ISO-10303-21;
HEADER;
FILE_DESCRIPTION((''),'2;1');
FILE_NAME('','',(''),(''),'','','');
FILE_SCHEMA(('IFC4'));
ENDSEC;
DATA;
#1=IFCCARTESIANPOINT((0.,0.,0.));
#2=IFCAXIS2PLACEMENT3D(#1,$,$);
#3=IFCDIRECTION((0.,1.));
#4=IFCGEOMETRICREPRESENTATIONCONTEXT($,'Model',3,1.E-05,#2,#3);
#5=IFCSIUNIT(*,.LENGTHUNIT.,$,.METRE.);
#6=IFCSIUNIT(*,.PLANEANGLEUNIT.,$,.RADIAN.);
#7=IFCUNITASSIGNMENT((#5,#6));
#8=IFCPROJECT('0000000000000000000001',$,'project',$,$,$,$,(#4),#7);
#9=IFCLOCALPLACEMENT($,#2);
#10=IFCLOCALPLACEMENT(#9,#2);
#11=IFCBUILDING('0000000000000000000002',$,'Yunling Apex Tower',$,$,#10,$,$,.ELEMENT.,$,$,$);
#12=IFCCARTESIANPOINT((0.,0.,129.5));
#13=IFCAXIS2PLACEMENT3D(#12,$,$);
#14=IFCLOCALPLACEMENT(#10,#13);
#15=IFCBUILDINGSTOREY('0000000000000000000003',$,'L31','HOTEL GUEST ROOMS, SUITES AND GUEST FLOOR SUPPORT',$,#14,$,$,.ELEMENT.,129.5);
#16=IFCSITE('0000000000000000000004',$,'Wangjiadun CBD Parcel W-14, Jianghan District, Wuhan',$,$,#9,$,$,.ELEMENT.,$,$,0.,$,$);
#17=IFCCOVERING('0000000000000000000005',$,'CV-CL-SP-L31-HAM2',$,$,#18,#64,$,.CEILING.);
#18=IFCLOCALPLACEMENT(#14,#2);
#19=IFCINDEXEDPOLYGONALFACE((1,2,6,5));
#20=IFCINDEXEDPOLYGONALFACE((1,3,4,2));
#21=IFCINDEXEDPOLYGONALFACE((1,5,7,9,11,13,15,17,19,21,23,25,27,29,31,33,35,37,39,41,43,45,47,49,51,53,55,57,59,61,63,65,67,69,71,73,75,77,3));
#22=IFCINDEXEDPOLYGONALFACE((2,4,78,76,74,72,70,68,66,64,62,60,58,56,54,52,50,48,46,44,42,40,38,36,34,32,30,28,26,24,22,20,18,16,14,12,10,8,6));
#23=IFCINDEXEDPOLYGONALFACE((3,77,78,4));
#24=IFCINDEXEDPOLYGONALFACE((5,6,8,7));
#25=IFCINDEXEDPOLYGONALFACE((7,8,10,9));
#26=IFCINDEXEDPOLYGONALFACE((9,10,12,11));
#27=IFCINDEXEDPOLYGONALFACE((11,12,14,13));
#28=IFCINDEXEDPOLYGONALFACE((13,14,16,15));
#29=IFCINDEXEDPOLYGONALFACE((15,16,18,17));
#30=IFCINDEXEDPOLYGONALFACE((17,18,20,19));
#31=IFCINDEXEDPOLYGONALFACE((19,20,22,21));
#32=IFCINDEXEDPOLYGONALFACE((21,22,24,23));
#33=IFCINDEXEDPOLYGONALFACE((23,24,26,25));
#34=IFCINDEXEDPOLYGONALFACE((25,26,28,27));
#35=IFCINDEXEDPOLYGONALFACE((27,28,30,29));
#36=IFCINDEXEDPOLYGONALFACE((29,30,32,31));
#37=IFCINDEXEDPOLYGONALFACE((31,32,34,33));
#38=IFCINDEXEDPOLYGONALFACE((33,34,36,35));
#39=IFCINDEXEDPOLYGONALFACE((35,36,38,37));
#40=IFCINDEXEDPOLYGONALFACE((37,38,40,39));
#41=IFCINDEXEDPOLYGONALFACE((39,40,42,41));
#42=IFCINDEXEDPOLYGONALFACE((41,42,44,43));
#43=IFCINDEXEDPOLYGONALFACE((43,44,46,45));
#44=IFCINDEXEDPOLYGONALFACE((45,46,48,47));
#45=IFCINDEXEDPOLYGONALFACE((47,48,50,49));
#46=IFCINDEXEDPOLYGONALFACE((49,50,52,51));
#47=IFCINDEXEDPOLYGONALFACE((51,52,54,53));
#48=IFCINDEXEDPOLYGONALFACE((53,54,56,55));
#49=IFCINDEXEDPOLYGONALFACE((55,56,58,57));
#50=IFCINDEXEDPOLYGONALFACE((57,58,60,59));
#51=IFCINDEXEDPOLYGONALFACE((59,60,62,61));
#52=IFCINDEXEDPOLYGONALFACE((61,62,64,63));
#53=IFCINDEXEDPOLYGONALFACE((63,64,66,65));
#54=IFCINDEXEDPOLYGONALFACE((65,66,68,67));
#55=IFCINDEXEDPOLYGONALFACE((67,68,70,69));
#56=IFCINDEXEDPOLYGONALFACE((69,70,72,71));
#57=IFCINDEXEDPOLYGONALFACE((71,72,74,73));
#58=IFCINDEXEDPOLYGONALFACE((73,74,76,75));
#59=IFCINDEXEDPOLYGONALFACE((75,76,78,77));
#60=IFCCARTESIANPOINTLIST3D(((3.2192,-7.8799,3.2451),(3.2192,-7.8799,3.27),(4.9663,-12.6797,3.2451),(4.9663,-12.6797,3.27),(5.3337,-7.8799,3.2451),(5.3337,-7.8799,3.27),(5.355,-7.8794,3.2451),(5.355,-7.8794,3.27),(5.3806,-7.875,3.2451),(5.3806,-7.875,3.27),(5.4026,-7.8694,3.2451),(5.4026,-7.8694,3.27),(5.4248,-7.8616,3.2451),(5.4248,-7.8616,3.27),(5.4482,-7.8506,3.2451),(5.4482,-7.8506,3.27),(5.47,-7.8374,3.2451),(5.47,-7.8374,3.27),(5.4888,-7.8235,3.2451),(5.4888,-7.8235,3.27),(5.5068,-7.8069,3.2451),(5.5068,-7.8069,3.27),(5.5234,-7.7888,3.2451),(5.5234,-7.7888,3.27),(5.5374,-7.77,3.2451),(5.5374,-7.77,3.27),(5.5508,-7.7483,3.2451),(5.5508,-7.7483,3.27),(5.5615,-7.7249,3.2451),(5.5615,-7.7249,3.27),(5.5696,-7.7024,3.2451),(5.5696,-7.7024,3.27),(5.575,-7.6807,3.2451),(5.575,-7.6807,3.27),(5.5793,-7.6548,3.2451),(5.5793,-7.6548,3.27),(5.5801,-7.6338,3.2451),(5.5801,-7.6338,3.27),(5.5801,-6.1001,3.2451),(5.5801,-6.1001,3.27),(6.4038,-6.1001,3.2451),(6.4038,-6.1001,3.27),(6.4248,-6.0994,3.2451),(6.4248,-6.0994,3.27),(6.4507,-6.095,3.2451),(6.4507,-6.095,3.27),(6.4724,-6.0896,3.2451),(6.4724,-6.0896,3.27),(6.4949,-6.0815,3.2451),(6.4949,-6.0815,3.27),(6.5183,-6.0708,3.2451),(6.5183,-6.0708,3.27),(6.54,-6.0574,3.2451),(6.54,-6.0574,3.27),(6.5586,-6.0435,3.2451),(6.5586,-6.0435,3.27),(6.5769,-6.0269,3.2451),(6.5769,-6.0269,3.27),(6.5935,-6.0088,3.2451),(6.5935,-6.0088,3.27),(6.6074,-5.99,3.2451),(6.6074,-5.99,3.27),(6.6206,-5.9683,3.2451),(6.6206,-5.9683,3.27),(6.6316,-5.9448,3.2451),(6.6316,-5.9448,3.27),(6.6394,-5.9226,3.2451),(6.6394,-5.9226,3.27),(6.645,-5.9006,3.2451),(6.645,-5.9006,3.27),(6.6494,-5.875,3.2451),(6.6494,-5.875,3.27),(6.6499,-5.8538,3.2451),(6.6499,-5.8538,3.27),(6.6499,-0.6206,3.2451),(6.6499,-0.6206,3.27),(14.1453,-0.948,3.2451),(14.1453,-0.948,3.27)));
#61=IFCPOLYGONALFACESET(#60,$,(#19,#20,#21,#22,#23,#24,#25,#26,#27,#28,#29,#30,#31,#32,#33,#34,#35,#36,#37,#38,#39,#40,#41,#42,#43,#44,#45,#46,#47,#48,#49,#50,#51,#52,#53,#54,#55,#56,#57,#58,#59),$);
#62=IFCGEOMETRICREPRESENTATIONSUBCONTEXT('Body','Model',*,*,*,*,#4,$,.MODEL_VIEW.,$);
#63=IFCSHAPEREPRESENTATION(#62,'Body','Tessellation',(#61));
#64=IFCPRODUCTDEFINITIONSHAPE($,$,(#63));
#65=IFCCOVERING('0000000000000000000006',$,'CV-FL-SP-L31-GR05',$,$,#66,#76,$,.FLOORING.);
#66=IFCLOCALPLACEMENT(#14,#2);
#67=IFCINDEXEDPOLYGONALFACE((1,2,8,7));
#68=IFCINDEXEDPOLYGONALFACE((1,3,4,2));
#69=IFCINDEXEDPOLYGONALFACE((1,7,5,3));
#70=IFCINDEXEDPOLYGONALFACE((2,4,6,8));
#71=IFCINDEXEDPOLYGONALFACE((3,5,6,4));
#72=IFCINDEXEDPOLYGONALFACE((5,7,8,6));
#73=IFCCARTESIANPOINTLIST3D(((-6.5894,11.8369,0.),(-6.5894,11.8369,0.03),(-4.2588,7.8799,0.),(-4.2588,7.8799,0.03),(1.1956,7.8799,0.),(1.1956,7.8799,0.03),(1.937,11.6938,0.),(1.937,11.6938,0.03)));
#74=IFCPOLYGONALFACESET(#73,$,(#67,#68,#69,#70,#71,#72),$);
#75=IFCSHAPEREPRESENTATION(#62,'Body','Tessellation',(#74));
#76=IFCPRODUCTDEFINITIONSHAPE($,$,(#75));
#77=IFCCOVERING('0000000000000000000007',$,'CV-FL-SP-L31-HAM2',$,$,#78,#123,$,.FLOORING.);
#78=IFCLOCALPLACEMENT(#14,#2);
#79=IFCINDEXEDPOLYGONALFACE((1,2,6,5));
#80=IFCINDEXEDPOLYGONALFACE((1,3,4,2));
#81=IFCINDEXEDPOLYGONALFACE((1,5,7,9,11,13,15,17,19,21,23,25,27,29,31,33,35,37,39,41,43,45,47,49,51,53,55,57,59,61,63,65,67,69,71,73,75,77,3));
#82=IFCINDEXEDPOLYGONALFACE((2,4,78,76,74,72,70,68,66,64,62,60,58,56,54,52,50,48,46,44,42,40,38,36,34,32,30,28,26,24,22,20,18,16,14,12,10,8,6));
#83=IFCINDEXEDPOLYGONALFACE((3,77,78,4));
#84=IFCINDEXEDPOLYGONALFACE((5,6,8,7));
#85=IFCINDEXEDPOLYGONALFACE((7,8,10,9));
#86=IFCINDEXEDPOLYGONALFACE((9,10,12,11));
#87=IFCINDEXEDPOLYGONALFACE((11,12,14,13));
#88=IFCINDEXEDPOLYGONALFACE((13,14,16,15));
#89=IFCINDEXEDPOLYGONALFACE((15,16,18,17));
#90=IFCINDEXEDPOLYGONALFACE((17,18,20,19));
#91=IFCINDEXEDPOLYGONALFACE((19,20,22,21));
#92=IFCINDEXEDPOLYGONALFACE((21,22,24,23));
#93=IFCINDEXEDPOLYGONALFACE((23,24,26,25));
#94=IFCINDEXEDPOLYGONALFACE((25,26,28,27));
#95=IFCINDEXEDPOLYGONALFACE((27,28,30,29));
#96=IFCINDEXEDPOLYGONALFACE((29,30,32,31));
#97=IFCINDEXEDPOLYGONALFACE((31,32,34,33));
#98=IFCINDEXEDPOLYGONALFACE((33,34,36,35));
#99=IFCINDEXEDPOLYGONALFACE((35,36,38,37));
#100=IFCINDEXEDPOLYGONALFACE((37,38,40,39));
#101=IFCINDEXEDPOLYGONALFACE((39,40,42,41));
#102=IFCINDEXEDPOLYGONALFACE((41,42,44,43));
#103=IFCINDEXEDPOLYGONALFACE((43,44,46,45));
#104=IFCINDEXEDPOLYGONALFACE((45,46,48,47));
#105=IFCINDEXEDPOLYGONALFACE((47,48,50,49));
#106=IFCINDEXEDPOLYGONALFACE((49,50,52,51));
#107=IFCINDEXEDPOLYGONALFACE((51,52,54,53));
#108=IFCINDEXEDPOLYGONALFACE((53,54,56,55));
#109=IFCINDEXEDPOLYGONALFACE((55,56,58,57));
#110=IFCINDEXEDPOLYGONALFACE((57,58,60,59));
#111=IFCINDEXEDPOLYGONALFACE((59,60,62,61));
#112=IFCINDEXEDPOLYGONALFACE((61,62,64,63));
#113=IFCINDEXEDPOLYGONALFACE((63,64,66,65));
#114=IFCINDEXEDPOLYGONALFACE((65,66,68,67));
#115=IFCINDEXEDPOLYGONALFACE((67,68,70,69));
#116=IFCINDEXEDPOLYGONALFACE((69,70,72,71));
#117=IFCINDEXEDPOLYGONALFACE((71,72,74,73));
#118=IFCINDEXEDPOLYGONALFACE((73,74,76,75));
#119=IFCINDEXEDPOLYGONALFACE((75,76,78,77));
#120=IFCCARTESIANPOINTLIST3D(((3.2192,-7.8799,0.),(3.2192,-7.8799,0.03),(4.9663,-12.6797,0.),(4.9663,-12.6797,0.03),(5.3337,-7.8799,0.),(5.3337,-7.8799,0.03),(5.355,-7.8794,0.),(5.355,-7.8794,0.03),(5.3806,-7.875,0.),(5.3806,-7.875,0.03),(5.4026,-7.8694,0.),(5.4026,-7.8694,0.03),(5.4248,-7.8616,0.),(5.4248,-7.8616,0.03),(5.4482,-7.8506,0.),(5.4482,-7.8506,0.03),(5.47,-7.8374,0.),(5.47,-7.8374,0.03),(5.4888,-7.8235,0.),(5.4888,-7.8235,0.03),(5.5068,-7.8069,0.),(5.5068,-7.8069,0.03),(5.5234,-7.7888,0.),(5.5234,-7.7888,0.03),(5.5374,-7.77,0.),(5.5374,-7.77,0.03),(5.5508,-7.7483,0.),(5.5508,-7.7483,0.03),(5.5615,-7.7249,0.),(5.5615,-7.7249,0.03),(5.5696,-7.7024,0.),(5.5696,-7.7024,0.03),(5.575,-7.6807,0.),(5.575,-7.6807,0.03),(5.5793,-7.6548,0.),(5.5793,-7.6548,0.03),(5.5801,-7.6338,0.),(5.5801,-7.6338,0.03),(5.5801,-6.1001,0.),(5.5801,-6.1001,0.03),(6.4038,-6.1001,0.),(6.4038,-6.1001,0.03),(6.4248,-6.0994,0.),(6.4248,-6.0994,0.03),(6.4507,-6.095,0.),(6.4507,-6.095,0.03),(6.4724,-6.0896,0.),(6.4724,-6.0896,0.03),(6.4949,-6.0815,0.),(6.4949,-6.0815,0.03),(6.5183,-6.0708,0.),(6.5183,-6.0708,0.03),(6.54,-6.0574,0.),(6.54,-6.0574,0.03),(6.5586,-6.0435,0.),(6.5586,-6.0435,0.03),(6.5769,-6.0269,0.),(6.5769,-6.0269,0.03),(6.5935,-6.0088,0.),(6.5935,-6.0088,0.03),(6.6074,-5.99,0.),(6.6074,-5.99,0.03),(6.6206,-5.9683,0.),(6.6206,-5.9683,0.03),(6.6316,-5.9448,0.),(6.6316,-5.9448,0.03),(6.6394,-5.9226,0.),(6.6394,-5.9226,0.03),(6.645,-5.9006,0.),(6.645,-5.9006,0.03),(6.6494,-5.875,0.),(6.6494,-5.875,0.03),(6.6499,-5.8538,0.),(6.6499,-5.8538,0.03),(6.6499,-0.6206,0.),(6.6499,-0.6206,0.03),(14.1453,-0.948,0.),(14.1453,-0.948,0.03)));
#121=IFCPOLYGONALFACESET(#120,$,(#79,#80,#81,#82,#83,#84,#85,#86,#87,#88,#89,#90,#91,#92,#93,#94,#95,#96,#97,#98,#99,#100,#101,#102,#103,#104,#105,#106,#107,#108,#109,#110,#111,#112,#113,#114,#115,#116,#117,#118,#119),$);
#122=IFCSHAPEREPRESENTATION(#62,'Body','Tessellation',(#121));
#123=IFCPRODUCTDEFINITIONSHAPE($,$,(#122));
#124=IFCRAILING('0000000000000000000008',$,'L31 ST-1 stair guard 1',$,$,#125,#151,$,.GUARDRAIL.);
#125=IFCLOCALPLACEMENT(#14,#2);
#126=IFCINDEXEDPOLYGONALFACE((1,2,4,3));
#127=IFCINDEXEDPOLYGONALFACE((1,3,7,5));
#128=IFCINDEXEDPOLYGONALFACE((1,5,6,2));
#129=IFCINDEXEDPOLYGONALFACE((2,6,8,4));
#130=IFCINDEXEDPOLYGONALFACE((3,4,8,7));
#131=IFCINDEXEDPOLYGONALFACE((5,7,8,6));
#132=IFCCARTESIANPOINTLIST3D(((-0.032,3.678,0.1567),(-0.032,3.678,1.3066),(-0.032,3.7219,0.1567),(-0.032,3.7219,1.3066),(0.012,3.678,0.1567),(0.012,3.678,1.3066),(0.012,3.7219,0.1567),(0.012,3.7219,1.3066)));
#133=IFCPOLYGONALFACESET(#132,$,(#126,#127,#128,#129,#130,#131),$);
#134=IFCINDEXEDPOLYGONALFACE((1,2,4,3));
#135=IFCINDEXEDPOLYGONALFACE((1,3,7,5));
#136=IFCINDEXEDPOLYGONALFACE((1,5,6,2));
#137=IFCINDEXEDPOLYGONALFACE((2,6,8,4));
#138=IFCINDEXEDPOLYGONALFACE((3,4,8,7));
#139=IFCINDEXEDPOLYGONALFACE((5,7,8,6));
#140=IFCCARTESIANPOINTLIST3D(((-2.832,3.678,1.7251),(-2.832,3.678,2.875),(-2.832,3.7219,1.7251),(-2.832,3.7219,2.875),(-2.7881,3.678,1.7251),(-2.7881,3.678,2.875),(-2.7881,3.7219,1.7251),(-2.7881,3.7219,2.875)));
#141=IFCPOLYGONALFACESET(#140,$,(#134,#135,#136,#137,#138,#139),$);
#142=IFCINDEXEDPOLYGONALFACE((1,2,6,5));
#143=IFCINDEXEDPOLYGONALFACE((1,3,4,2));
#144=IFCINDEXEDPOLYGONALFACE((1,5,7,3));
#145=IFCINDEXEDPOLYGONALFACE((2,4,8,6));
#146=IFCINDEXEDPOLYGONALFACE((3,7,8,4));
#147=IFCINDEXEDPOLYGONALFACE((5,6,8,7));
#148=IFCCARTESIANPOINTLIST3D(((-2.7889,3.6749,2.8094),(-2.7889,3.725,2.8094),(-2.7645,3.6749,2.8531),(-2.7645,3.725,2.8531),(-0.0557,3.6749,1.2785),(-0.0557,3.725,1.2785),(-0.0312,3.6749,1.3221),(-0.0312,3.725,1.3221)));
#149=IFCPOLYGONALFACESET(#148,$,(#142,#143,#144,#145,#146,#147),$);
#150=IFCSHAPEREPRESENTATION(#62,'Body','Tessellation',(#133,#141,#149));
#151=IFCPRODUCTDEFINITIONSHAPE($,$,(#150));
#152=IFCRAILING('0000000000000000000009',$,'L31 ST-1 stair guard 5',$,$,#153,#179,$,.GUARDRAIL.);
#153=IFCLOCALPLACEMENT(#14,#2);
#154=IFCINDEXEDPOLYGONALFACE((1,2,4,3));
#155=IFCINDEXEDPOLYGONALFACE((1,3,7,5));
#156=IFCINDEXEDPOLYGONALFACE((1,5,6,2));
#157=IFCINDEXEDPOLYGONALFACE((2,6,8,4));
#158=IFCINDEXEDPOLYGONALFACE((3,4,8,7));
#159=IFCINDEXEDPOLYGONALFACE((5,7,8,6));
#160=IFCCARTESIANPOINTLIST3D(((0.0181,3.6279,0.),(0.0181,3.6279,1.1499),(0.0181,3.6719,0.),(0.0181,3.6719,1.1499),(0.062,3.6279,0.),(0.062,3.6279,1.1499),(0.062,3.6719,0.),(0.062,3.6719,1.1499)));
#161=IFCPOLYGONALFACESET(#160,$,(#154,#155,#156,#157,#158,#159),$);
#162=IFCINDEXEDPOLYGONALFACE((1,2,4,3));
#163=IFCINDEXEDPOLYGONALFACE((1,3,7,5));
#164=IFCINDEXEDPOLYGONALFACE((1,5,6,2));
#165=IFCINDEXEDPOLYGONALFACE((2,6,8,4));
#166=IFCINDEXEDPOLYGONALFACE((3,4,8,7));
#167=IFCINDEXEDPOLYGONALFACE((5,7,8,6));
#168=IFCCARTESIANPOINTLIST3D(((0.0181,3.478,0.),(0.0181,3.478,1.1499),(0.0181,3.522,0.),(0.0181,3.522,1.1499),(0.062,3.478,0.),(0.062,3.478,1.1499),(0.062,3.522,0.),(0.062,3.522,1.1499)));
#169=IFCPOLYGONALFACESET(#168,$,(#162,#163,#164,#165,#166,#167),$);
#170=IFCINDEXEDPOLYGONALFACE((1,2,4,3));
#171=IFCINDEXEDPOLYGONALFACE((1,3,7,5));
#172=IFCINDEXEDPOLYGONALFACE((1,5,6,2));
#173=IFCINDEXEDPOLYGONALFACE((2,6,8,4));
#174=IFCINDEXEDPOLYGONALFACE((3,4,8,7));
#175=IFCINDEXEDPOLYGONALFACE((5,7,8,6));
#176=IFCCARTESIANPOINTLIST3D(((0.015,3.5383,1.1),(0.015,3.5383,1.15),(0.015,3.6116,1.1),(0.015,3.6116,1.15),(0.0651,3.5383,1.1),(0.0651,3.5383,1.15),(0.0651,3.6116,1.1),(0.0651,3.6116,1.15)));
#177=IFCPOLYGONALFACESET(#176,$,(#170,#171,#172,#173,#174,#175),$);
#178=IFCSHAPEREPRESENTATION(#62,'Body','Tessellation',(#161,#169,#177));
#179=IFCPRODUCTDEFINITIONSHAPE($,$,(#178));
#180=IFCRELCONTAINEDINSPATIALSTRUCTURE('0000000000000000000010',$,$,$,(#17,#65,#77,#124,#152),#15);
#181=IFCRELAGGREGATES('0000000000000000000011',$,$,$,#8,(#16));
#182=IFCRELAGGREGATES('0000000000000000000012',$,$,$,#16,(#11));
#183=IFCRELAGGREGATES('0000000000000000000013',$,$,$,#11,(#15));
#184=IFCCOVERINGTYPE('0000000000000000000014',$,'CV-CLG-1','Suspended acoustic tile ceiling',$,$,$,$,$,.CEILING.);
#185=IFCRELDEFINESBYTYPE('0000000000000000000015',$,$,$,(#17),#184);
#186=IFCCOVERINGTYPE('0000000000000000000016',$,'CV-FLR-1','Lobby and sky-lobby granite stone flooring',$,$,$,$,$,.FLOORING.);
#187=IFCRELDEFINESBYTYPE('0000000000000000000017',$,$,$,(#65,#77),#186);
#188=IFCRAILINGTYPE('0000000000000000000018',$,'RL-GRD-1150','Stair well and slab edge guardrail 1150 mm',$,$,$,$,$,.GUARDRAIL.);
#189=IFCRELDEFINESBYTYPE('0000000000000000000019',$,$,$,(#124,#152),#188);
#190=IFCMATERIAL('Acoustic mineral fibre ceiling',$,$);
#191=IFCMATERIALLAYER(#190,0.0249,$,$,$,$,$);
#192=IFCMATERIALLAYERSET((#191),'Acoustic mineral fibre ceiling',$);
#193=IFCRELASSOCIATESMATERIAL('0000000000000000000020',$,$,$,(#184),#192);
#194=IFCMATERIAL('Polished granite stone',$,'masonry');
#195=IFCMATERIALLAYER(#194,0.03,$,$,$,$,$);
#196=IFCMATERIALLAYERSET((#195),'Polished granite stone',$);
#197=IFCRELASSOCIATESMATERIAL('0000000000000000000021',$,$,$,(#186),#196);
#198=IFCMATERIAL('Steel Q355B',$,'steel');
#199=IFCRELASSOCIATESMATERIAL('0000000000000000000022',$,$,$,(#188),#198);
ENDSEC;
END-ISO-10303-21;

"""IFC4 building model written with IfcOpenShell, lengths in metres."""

from ifc_helpers import new_model, si_unit, direction, frame, origin, origin_2d, place, context, subcontext, project, spatial, polyline, rectangle, outline, extrude, material, layer, layer_set, type_object, element, save


model = new_model("IFC4")

# Units and contexts
model_context = context("Model", 3, precision=1e-05, world=origin(), true_north=direction((0.0, 1.0)))
body_context = subcontext(model_context, "Body", "Model", "MODEL_VIEW")
ifc_project = project(units=[si_unit("LENGTHUNIT", "METRE"), si_unit("PLANEANGLEUNIT", "RADIAN")], contexts=[model_context])

# Site, building, storey
site_placement = place(None, origin())
site = spatial("IfcSite", under=ifc_project, at=site_placement, Name="Wangjiadun CBD Parcel W-14, Jianghan District, Wuhan", CompositionType="ELEMENT", RefElevation=0.0)
building_placement = place(site_placement, origin())
building = spatial("IfcBuilding", under=site, at=building_placement, Name="Yunling Apex Tower", CompositionType="ELEMENT")
storey_placement = place(building_placement, frame((0.0, 0.0, 129.5)))
storey = spatial("IfcBuildingStorey", under=building, at=storey_placement, Name="L31", Description="HOTEL GUEST ROOMS, SUITES AND GUEST FLOOR SUPPORT", CompositionType="ELEMENT", Elevation=129.5)

# Shared definitions
ifc_material_1 = material(Name="Steel Q355B", Category="steel")

# Coverings
ifc_material_2 = material(Name="Acoustic mineral fibre ceiling")
ifc_layer_1 = layer(ifc_material_2, 0.0249)
ifc_layer_set_1 = layer_set([ifc_layer_1], Name="Acoustic mineral fibre ceiling")
covering_type_1 = type_object("IfcCoveringType", Name="CV-CLG-1", Description="Suspended acoustic tile ceiling", PredefinedType="CEILING", material=ifc_layer_set_1)
covering_1_placement = place(storey_placement, frame((0.0, 0.0, 3.2451)))
element("IfcCovering", 1, at=covering_1_placement, inside=storey, type_object=covering_type_1, Name="CV-CL-SP-L31-HAM2", PredefinedType="CEILING", context=body_context, shape_type="SweptSolid", body=[
    extrude(outline(polyline([(14.1453, -0.948), (4.9663, -12.6797), (3.2192, -7.8799), (5.3337, -7.8799), (5.355, -7.8794), (5.3806, -7.875), (5.4026, -7.8694), (5.4248, -7.8616), (5.4482, -7.8506), (5.47, -7.8374), (5.4888, -7.8235), (5.5068, -7.8069), (5.5234, -7.7888), (5.5374, -7.77), (5.5508, -7.7483), (5.5615, -7.7249), (5.5696, -7.7024), (5.575, -7.6807), (5.5793, -7.6548), (5.5801, -7.6338), (5.5801, -6.1001), (6.4038, -6.1001), (6.4248, -6.0994), (6.4507, -6.095), (6.4724, -6.0896), (6.4949, -6.0815), (6.5183, -6.0708), (6.54, -6.0574), (6.5586, -6.0435), (6.5769, -6.0269), (6.5935, -6.0088), (6.6074, -5.99), (6.6206, -5.9683), (6.6316, -5.9448), (6.6394, -5.9226), (6.645, -5.9006), (6.6494, -5.875), (6.6499, -5.8538), (6.6499, -0.6206), (14.1453, -0.948)])), origin(), (0.0, 0.0, 1.0), 0.0249),
])
ifc_material_3 = material(Name="Polished granite stone", Category="masonry")
ifc_layer_2 = layer(ifc_material_3, 0.03)
ifc_layer_set_2 = layer_set([ifc_layer_2], Name="Polished granite stone")
covering_type_2 = type_object("IfcCoveringType", Name="CV-FLR-1", Description="Lobby and sky-lobby granite stone flooring", PredefinedType="FLOORING", material=ifc_layer_set_2)
covering_2_placement = place(storey_placement, origin())
element("IfcCovering", 2, at=covering_2_placement, inside=storey, type_object=covering_type_2, Name="CV-FL-SP-L31-GR05", PredefinedType="FLOORING", context=body_context, shape_type="SweptSolid", body=[
    extrude(outline(polyline([(1.937, 11.6938), (1.1956, 7.8799), (-4.2588, 7.8799), (-6.5894, 11.8369), (1.937, 11.6938)])), origin(), (0.0, 0.0, 1.0), 0.03),
])
covering_3_placement = place(storey_placement, origin())
element("IfcCovering", 3, at=covering_3_placement, inside=storey, type_object=covering_type_2, Name="CV-FL-SP-L31-HAM2", PredefinedType="FLOORING", context=body_context, shape_type="SweptSolid", body=[
    extrude(outline(polyline([(14.1453, -0.948), (4.9663, -12.6797), (3.2192, -7.8799), (5.3337, -7.8799), (5.355, -7.8794), (5.3806, -7.875), (5.4026, -7.8694), (5.4248, -7.8616), (5.4482, -7.8506), (5.47, -7.8374), (5.4888, -7.8235), (5.5068, -7.8069), (5.5234, -7.7888), (5.5374, -7.77), (5.5508, -7.7483), (5.5615, -7.7249), (5.5696, -7.7024), (5.575, -7.6807), (5.5793, -7.6548), (5.5801, -7.6338), (5.5801, -6.1001), (6.4038, -6.1001), (6.4248, -6.0994), (6.4507, -6.095), (6.4724, -6.0896), (6.4949, -6.0815), (6.5183, -6.0708), (6.54, -6.0574), (6.5586, -6.0435), (6.5769, -6.0269), (6.5935, -6.0088), (6.6074, -5.99), (6.6206, -5.9683), (6.6316, -5.9448), (6.6394, -5.9226), (6.645, -5.9006), (6.6494, -5.875), (6.6499, -5.8538), (6.6499, -0.6206), (14.1453, -0.948)])), origin(), (0.0, 0.0, 1.0), 0.03),
])

# Railings
railing_type_1 = type_object("IfcRailingType", Name="RL-GRD-1150", Description="Stair well and slab edge guardrail 1150 mm", PredefinedType="GUARDRAIL", material=ifc_material_1)
railing_1_placement = place(storey_placement, frame((-0.01, 3.7, 0.1567)))
element("IfcRailing", 4, at=railing_1_placement, inside=storey, type_object=railing_type_1, Name="L31 ST-1 stair guard 1", PredefinedType="GUARDRAIL", context=body_context, shape_type="SweptSolid", body=[
    extrude(rectangle(XDim=0.0439, YDim=0.0439, at=origin_2d()), origin(), (0.0, 0.0, 1.0), 1.1499),
    extrude(rectangle(XDim=0.0439, YDim=0.0439, at=origin_2d()), frame((-2.8, 0.0, 1.5684)), (0.0, 0.0, 1.0), 1.1499),
    extrude(rectangle(XDim=0.05, YDim=0.05, at=origin_2d()), frame((-0.0334, 0.0, 1.1436), z_axis=(-0.872462, 0.0, 0.488682), x_axis=(0.0, -1.0, 0.0)), (0.0, 0.0, 1.0), 3.1328),
])
railing_2_placement = place(storey_placement, frame((0.04, 3.6499, 0.0)))
element("IfcRailing", 5, at=railing_2_placement, inside=storey, type_object=railing_type_1, Name="L31 ST-1 stair guard 5", PredefinedType="GUARDRAIL", context=body_context, shape_type="SweptSolid", body=[
    extrude(rectangle(XDim=0.0439, YDim=0.0439, at=origin_2d()), origin(), (0.0, 0.0, 1.0), 1.1499),
    extrude(rectangle(XDim=0.0439, YDim=0.0439, at=origin_2d()), frame((0.0, -0.1499, 0.0)), (0.0, 0.0, 1.0), 1.1499),
    extrude(rectangle(XDim=0.05, YDim=0.05, at=origin_2d()), frame((0.0, -0.0383, 1.125), z_axis=(0.0, -1.0, 0.0), x_axis=(1.0, 0.0, 0.0)), (0.0, 0.0, 1.0), 0.0732),
])

save(model, "model.ifc")
